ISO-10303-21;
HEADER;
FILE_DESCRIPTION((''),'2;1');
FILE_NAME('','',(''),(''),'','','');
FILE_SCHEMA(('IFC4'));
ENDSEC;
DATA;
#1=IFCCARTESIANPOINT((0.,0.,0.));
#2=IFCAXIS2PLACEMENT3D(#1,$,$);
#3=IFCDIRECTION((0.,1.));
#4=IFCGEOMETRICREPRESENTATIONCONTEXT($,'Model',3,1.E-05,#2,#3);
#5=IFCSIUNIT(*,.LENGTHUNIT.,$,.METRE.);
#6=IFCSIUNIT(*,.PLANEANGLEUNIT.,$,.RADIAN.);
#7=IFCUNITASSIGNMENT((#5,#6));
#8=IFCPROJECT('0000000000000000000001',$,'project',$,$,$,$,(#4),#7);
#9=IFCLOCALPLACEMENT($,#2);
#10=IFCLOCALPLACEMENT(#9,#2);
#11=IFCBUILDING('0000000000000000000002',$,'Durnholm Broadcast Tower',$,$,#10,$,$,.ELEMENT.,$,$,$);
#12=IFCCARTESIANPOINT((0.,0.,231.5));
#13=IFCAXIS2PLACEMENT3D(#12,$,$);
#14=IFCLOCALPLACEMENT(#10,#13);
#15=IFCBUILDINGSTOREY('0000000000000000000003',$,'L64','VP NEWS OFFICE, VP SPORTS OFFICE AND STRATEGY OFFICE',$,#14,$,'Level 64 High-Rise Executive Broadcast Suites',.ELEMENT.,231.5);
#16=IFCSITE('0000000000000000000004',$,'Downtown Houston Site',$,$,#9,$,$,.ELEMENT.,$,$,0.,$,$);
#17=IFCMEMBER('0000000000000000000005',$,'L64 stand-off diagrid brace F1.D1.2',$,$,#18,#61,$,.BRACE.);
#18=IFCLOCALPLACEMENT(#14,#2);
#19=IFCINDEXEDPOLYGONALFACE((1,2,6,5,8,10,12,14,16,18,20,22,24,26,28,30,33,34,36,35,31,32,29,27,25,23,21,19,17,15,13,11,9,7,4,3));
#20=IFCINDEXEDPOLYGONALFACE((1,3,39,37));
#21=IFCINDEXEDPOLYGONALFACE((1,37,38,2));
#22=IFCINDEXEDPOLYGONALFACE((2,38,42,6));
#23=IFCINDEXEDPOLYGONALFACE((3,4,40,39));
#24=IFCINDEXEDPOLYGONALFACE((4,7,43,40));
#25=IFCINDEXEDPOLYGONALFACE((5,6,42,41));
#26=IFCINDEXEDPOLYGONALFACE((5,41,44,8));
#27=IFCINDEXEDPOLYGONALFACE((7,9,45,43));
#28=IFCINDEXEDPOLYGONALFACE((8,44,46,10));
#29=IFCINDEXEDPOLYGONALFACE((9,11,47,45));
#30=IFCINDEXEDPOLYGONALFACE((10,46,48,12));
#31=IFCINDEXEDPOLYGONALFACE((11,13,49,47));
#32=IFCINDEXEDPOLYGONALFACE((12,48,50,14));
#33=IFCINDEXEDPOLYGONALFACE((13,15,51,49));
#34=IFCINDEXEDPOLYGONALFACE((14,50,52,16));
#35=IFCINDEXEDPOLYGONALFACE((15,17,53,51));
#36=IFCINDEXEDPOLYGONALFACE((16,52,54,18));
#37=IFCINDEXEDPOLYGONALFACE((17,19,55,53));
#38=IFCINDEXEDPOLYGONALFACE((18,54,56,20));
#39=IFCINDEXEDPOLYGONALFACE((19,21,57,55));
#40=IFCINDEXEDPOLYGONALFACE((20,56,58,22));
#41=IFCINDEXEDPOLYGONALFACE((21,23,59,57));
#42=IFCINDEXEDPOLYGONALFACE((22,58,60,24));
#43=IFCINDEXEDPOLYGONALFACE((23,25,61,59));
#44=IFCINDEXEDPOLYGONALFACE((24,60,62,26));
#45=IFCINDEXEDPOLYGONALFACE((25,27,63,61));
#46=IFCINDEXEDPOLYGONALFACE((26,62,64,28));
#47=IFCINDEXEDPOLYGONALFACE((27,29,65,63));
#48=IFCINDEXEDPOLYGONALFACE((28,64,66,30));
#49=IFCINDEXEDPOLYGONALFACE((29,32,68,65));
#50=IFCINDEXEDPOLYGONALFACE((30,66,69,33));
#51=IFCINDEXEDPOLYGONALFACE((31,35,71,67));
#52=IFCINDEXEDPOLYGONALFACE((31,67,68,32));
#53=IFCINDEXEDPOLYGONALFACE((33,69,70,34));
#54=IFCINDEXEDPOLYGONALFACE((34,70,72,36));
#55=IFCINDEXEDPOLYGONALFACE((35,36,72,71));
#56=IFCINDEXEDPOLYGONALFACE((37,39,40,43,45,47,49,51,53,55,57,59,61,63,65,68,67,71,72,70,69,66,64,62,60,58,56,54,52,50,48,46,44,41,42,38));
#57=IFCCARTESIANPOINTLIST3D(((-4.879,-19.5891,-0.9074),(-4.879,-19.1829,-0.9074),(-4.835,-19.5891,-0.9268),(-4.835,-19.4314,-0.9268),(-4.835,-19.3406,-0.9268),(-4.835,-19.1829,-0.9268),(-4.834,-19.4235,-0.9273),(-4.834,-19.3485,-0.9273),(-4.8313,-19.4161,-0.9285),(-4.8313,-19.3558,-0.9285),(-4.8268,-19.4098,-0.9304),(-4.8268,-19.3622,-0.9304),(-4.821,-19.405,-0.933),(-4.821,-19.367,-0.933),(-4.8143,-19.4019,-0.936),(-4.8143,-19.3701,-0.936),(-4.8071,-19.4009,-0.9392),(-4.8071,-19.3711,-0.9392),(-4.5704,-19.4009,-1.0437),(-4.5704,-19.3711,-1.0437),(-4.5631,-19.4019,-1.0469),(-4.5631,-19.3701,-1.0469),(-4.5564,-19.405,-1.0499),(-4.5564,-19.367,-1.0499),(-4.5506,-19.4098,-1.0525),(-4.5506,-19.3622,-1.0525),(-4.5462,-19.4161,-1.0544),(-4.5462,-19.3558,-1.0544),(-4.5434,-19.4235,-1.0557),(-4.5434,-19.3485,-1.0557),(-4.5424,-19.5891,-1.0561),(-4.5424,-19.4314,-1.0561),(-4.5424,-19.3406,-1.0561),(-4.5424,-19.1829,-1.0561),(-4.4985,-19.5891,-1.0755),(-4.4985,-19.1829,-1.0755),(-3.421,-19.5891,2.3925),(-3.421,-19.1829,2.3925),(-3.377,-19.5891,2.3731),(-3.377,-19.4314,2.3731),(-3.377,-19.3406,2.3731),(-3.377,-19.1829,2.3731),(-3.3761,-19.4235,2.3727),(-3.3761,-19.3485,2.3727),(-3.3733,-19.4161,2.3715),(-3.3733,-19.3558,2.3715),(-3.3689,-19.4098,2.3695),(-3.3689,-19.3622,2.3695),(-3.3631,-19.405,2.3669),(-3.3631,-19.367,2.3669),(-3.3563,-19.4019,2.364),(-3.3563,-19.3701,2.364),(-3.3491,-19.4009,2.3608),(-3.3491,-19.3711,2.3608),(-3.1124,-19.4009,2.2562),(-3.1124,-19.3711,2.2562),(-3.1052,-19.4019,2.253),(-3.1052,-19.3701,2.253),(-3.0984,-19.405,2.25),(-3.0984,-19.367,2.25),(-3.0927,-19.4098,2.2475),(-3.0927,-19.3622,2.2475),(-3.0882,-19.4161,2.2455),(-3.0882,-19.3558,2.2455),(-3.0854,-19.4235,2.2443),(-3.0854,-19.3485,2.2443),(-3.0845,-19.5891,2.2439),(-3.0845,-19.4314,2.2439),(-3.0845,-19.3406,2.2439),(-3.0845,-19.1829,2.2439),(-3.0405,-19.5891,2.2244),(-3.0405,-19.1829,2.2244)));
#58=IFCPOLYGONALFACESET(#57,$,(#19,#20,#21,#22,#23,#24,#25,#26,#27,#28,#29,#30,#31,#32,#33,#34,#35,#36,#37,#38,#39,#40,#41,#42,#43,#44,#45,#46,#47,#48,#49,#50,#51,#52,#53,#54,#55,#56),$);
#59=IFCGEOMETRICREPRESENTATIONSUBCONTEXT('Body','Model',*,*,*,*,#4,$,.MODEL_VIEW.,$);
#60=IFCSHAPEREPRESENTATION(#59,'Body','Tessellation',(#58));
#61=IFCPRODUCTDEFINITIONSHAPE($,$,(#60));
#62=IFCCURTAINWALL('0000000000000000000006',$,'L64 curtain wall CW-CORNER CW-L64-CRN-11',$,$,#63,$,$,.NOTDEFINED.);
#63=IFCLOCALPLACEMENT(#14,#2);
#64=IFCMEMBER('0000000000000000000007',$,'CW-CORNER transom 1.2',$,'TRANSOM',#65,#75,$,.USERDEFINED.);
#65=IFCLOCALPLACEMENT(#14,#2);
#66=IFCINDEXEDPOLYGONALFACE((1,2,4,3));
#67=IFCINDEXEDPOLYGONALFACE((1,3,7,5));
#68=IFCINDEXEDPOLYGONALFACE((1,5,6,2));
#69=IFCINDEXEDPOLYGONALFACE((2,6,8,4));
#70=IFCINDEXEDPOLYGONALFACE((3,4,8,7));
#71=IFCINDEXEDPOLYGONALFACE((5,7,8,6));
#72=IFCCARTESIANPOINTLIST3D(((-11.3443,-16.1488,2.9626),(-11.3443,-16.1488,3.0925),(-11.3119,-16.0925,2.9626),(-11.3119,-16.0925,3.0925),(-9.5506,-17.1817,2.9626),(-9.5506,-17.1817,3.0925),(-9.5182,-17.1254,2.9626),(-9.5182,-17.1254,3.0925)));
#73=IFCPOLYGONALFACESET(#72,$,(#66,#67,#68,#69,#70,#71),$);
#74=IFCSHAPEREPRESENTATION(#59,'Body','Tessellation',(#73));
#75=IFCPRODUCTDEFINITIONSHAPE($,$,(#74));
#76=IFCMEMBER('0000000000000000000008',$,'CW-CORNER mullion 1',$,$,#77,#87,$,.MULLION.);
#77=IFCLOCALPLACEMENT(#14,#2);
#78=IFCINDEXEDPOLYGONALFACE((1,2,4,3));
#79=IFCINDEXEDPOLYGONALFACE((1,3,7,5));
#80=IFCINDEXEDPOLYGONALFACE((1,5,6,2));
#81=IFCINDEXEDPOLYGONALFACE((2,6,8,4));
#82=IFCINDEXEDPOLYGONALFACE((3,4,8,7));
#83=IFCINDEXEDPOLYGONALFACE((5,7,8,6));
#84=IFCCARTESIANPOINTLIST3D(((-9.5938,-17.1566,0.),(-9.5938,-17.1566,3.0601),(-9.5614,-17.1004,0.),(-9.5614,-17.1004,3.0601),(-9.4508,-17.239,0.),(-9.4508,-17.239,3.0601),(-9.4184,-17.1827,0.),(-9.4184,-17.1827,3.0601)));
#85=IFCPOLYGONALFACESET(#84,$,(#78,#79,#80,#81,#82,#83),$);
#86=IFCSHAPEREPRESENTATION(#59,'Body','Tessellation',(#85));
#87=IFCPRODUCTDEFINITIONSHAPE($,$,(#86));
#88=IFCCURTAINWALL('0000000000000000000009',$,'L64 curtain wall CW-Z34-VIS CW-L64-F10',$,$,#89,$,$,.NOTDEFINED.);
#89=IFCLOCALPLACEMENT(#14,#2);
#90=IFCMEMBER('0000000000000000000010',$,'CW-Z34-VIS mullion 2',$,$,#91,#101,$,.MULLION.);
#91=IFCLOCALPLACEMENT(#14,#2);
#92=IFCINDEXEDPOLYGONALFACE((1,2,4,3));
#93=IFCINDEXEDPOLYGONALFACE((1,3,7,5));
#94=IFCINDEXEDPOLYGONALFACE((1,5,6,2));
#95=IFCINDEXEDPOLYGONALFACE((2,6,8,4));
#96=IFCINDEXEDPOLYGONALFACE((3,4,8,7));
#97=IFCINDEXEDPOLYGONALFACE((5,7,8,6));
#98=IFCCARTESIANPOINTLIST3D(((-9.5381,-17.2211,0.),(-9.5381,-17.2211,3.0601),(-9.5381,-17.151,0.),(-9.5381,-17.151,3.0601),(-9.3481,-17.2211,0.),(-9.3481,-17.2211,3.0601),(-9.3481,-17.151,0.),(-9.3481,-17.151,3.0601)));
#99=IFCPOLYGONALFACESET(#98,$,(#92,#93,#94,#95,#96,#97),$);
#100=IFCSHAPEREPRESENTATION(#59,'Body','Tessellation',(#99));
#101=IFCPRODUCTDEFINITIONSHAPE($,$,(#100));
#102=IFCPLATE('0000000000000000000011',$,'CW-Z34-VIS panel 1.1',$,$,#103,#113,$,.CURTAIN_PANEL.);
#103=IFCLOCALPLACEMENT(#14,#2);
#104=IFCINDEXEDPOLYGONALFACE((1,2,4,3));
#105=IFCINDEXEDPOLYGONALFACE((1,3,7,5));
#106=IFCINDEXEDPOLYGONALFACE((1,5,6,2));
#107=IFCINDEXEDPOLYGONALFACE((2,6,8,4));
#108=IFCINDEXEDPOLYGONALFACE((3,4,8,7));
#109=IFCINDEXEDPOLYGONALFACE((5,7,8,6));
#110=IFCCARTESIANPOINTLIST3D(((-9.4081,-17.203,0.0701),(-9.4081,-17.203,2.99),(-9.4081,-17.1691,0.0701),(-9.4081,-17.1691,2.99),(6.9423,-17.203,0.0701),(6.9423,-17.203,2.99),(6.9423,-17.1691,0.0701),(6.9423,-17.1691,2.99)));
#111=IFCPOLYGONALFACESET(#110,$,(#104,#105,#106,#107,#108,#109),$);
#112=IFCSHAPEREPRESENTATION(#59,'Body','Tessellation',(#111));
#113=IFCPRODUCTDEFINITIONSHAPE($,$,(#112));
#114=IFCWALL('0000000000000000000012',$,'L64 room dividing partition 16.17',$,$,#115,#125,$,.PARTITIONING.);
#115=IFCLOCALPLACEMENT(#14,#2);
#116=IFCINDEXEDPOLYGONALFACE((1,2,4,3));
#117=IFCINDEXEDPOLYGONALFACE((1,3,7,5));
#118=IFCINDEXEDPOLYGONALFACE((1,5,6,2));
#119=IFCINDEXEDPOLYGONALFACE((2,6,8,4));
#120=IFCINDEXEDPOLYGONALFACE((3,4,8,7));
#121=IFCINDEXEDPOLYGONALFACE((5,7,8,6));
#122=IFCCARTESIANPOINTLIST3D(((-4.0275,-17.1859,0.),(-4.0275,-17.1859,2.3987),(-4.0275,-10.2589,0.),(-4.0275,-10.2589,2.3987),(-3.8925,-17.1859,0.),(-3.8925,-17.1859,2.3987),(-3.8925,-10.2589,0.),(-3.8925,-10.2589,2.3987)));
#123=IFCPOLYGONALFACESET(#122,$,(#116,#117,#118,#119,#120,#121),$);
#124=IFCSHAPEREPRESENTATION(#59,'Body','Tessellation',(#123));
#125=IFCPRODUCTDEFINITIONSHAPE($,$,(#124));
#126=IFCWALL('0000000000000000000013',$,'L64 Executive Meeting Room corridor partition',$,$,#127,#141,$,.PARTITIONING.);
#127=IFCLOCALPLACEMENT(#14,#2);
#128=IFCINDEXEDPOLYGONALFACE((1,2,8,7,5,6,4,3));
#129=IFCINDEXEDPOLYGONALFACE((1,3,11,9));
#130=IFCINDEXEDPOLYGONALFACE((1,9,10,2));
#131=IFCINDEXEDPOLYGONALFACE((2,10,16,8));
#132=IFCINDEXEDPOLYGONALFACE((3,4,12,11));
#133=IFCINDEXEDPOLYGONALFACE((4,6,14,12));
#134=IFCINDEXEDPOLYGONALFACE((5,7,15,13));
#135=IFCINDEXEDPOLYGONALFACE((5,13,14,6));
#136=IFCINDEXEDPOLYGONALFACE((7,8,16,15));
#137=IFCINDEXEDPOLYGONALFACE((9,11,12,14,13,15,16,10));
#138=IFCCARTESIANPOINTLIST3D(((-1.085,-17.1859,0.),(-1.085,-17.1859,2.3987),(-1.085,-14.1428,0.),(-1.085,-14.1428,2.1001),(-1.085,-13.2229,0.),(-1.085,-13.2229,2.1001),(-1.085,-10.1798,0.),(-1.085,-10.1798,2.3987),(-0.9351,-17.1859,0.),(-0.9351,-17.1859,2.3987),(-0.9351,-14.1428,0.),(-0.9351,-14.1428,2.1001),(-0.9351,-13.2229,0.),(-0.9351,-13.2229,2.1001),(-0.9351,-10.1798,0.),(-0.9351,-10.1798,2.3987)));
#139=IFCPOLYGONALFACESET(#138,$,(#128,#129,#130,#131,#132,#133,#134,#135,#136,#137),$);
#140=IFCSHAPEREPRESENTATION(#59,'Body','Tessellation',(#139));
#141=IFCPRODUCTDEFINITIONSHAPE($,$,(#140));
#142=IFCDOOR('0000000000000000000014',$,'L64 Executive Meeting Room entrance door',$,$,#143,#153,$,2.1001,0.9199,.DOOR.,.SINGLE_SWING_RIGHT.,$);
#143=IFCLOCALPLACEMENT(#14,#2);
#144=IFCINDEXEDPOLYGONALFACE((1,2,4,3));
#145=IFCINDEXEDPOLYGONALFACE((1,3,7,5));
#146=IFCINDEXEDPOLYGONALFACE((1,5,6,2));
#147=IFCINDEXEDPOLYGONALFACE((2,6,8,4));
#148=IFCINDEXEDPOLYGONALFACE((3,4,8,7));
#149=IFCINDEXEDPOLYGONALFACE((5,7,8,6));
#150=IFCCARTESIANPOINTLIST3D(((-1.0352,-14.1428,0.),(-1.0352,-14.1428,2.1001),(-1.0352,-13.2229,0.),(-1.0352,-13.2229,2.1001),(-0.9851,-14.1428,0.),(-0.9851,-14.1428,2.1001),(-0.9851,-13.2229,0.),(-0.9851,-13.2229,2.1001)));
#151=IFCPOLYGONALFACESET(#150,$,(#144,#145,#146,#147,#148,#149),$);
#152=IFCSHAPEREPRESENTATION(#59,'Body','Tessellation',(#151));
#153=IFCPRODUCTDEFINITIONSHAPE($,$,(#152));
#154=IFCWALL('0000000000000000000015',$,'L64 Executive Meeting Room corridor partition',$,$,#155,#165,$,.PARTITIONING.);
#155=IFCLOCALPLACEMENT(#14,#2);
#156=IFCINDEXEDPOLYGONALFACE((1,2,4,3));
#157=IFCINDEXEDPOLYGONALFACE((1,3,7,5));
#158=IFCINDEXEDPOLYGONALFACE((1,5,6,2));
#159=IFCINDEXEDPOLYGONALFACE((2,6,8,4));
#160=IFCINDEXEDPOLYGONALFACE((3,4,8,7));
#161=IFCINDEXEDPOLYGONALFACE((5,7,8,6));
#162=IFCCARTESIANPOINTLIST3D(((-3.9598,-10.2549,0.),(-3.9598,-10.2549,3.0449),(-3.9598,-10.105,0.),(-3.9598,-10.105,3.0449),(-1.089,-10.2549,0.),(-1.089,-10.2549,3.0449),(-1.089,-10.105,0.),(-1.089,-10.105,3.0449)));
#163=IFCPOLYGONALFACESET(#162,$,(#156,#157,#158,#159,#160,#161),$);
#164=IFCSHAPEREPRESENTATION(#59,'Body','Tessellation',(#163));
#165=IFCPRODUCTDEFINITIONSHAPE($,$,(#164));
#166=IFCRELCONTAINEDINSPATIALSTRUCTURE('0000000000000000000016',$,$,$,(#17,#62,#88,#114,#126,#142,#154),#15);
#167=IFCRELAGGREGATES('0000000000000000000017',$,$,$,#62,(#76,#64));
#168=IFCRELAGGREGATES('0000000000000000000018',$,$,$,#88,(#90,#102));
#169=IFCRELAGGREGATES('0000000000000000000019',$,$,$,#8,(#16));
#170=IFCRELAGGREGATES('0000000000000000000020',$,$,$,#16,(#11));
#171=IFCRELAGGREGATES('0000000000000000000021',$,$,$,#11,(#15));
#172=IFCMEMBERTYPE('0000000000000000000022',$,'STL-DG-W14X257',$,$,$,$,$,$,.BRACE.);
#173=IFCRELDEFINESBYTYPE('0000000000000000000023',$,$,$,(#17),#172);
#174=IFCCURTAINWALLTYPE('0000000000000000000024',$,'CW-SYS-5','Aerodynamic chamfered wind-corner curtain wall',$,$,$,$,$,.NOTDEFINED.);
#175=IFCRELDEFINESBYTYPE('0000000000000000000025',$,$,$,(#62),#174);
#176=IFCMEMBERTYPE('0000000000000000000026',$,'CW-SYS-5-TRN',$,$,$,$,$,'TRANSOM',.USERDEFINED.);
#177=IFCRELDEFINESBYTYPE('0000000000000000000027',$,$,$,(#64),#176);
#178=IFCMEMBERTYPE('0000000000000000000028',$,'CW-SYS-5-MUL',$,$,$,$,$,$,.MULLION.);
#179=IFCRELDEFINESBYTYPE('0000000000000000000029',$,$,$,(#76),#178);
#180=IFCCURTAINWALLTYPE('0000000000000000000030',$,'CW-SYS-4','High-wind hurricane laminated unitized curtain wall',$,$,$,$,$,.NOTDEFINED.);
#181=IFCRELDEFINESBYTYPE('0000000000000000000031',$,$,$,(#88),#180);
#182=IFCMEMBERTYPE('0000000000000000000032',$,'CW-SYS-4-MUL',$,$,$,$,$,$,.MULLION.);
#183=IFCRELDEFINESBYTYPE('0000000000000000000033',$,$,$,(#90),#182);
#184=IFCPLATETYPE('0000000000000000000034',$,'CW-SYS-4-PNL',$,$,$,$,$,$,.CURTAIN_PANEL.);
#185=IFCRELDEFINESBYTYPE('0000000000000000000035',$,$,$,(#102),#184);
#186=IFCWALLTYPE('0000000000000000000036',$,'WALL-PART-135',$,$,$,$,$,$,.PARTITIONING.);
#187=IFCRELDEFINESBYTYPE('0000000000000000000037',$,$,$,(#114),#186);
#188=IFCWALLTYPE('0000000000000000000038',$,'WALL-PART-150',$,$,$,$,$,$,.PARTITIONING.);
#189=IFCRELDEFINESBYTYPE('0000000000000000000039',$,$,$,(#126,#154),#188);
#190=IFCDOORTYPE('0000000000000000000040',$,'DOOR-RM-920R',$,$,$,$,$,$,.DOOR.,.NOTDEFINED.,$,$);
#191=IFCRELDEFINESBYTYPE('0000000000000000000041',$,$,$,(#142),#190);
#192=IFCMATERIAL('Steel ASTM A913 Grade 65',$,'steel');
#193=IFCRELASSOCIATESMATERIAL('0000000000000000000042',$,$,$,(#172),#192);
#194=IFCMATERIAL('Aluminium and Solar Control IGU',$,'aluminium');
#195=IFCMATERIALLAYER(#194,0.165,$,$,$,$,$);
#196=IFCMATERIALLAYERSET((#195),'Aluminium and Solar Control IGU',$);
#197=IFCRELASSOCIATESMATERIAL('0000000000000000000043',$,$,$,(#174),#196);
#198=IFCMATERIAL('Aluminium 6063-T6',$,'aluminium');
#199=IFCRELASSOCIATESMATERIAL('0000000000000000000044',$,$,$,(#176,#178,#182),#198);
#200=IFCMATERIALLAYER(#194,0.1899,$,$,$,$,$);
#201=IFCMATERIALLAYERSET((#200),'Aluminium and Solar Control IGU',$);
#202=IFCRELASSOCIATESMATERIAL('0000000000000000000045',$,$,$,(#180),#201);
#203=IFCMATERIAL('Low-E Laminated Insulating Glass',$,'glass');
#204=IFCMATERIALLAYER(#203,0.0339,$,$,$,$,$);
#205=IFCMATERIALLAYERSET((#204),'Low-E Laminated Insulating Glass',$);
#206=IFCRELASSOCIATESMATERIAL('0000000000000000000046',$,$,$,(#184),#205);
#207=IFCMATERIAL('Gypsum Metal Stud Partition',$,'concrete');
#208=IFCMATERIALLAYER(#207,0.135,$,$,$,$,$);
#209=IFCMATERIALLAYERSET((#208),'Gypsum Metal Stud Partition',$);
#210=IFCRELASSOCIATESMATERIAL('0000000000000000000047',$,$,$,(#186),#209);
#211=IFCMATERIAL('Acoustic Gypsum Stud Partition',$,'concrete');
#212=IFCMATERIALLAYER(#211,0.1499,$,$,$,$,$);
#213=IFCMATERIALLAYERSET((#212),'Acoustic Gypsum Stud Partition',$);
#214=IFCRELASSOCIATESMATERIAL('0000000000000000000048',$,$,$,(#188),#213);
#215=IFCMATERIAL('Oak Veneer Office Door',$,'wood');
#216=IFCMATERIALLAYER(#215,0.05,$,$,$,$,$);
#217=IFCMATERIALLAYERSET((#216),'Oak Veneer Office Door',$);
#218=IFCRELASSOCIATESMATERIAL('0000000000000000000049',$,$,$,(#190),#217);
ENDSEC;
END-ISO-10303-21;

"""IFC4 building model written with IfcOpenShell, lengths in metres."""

from ifc_helpers import new_model, si_unit, direction, frame, frame_2d, origin, origin_2d, place, context, subcontext, project, spatial, rectangle, i_section, extrude, source, transform, mapped, material, layer, layer_set, material_profile, profile_set, type_object, type_shapes, element, fill, aggregate, save


model = new_model("IFC4")

# Units and contexts
model_context = context("Model", 3, precision=1e-05, world=origin(), true_north=direction((0.0, 1.0)))
body_context = subcontext(model_context, "Body", "Model", "MODEL_VIEW")
ifc_project = project(units=[si_unit("LENGTHUNIT", "METRE"), si_unit("PLANEANGLEUNIT", "RADIAN")], contexts=[model_context])

# Site, building, storey
site_placement = place(None, origin())
site = spatial("IfcSite", under=ifc_project, at=site_placement, Name="Downtown Houston Site", CompositionType="ELEMENT", RefElevation=0.0)
building_placement = place(site_placement, origin())
building = spatial("IfcBuilding", under=site, at=building_placement, Name="Durnholm Broadcast Tower", CompositionType="ELEMENT")
storey_placement = place(building_placement, frame((0.0, 0.0, 231.5)))
storey = spatial("IfcBuildingStorey", under=building, at=storey_placement, Name="L64", Description="VP NEWS OFFICE, VP SPORTS OFFICE AND STRATEGY OFFICE", LongName="Level 64 High-Rise Executive Broadcast Suites", CompositionType="ELEMENT", Elevation=231.5)

# Member
ifc_material_1 = material(Name="Steel ASTM A913 Grade 65", Category="steel")
ifc_material_profile_1 = material_profile(ifc_material_1, i_section(OverallWidth=0.4062, OverallDepth=0.416, WebThickness=0.0298, FlangeThickness=0.0481, FilletRadius=0.0305, at=origin_2d()), Name="W14X257")
ifc_profile_set_1 = profile_set([ifc_material_profile_1], Name="Steel ASTM A913 Grade 65")
member_type_1 = type_object("IfcMemberType", Name="STL-DG-W14X257", PredefinedType="BRACE", material=ifc_profile_set_1)
shared_shape_1 = source(origin(), body_context, "Body", "SweptSolid", [
    extrude(i_section(OverallWidth=0.4062, OverallDepth=0.416, WebThickness=0.0298, FlangeThickness=0.0481, FilletRadius=0.0305, at=origin_2d()), origin(), (0.0, 0.0, 1.0), 3.6077),
])
member_1_placement = place(storey_placement, frame((-4.6887, -19.386, -0.9915), z_axis=(0.404128, 0.0, 0.914702), x_axis=(0.0, 1.0, 0.0)))
element("IfcMember", 1, at=member_1_placement, inside=storey, type_object=member_type_1, Name="L64 stand-off diagrid brace F1.D1.2", PredefinedType="BRACE", context=body_context, shape_type="MappedRepresentation", body=[
    mapped(shared_shape_1, transform((0.0, 0.0, 0.0), x_axis=(1.0, 0.0, 0.0), y_axis=(0.0, 1.0, 0.0), z_axis=(0.0, 0.0, 1.0), scale=1.0)),
])

# Curtain wall, members
ifc_material_2 = material(Name="Aluminium and Solar Control IGU", Category="aluminium")
ifc_layer_1 = layer(ifc_material_2, 0.165)
ifc_layer_set_1 = layer_set([ifc_layer_1], Name="Aluminium and Solar Control IGU")
curtain_wall_type_1 = type_object("IfcCurtainWallType", Name="CW-SYS-5", Description="Aerodynamic chamfered wind-corner curtain wall", PredefinedType="NOTDEFINED", material=ifc_layer_set_1)
curtain_wall_1_placement = place(storey_placement, origin())
curtain_wall_1 = element("IfcCurtainWall", 2, at=curtain_wall_1_placement, inside=storey, type_object=curtain_wall_type_1, Name="L64 curtain wall CW-CORNER CW-L64-CRN-11", PredefinedType="NOTDEFINED")
ifc_material_3 = material(Name="Aluminium 6063-T6", Category="aluminium")
ifc_material_profile_2 = material_profile(ifc_material_3, rectangle(XDim=0.0649, YDim=0.1299, at=origin_2d()), Name="CWT65X130")
ifc_profile_set_2 = profile_set([ifc_material_profile_2], Name="Aluminium 6063-T6")
member_type_2 = type_object("IfcMemberType", Name="CW-SYS-5-TRN", ElementType="TRANSOM", PredefinedType="USERDEFINED", material=ifc_profile_set_2)
shared_shape_2 = source(origin(), body_context, "Body", "SweptSolid", [
    extrude(rectangle(XDim=0.0649, YDim=0.1299, at=origin_2d()), origin(), (0.0, 0.0, 1.0), 2.0698),
])
type_shapes(member_type_2, [shared_shape_2])
member_2_placement = place(storey_placement, frame((-9.5344, -17.1536, 3.0276), z_axis=(-0.866576, 0.499045, 0.0), x_axis=(-0.499045, -0.866576, 0.0)))
member_2 = element("IfcMember", 3, at=member_2_placement, type_object=member_type_2, Name="CW-CORNER transom 1.2", ObjectType="TRANSOM", PredefinedType="USERDEFINED", context=body_context, shape_type="MappedRepresentation", body=[
    mapped(shared_shape_2, transform((0.0, 0.0, 0.0), x_axis=(1.0, 0.0, 0.0), y_axis=(0.0, 1.0, 0.0), z_axis=(0.0, 0.0, 1.0), scale=1.0)),
])
ifc_material_profile_3 = material_profile(ifc_material_3, rectangle(XDim=0.0649, YDim=0.165, at=origin_2d()), Name="CWM65X165")
ifc_profile_set_3 = profile_set([ifc_material_profile_3], Name="Aluminium 6063-T6")
member_type_3 = type_object("IfcMemberType", Name="CW-SYS-5-MUL", PredefinedType="MULLION", material=ifc_profile_set_3)
shared_shape_3 = source(origin(), body_context, "Body", "SweptSolid", [
    extrude(rectangle(XDim=0.0649, YDim=0.165, at=origin_2d()), origin(), (0.0, 0.0, 1.0), 3.0601),
])
type_shapes(member_type_3, [shared_shape_3])
member_3_placement = place(storey_placement, frame((-9.5061, -17.1697, 0.0), z_axis=(0.0, 0.0, 1.0), x_axis=(-0.499059, -0.866568, 0.0)))
member_3 = element("IfcMember", 4, at=member_3_placement, type_object=member_type_3, Name="CW-CORNER mullion 1", PredefinedType="MULLION", context=body_context, shape_type="MappedRepresentation", body=[
    mapped(shared_shape_3, transform((0.0, 0.0, 0.0), x_axis=(1.0, 0.0, 0.0), y_axis=(0.0, 1.0, 0.0), z_axis=(0.0, 0.0, 1.0), scale=1.0)),
])
aggregate(curtain_wall_1, [member_3, member_2])

# Curtain wall, member, plate
ifc_layer_2 = layer(ifc_material_2, 0.1899)
ifc_layer_set_2 = layer_set([ifc_layer_2], Name="Aluminium and Solar Control IGU")
curtain_wall_type_2 = type_object("IfcCurtainWallType", Name="CW-SYS-4", Description="High-wind hurricane laminated unitized curtain wall", PredefinedType="NOTDEFINED", material=ifc_layer_set_2)
curtain_wall_2_placement = place(storey_placement, origin())
curtain_wall_2 = element("IfcCurtainWall", 5, at=curtain_wall_2_placement, inside=storey, type_object=curtain_wall_type_2, Name="L64 curtain wall CW-Z34-VIS CW-L64-F10", PredefinedType="NOTDEFINED")
ifc_material_profile_4 = material_profile(ifc_material_3, rectangle(XDim=0.0701, YDim=0.1899, at=origin_2d()), Name="CWM70X190")
ifc_profile_set_4 = profile_set([ifc_material_profile_4], Name="Aluminium 6063-T6")
member_type_4 = type_object("IfcMemberType", Name="CW-SYS-4-MUL", PredefinedType="MULLION", material=ifc_profile_set_4)
shared_shape_4 = source(origin(), body_context, "Body", "SweptSolid", [
    extrude(rectangle(XDim=0.0701, YDim=0.1899, at=origin_2d()), origin(), (0.0, 0.0, 1.0), 3.0601),
])
type_shapes(member_type_4, [shared_shape_4])
member_4_placement = place(storey_placement, frame((-9.4431, -17.186, 0.0), z_axis=(0.0, 0.0, 1.0), x_axis=(0.0, -1.0, 0.0)))
member_4 = element("IfcMember", 6, at=member_4_placement, type_object=member_type_4, Name="CW-Z34-VIS mullion 2", PredefinedType="MULLION", context=body_context, shape_type="MappedRepresentation", body=[
    mapped(shared_shape_4, transform((0.0, 0.0, 0.0), x_axis=(1.0, 0.0, 0.0), y_axis=(0.0, 1.0, 0.0), z_axis=(0.0, 0.0, 1.0), scale=1.0)),
])
ifc_material_4 = material(Name="Low-E Laminated Insulating Glass", Category="glass")
ifc_layer_3 = layer(ifc_material_4, 0.0339)
ifc_layer_set_3 = layer_set([ifc_layer_3], Name="Low-E Laminated Insulating Glass")
plate_type = type_object("IfcPlateType", Name="CW-SYS-4-PNL", PredefinedType="CURTAIN_PANEL", material=ifc_layer_set_3)
shared_shape_5 = source(origin(), body_context, "Body", "SweptSolid", [
    extrude(rectangle(XDim=16.3503, YDim=0.0339, at=origin_2d()), origin(), (0.0, 0.0, 1.0), 2.9199),
])
type_shapes(plate_type, [shared_shape_5])
plate_placement = place(storey_placement, frame((-1.2329, -17.186, 0.0701), z_axis=(0.0, 0.0, 1.0), x_axis=(-1.0, 0.0, 0.0)))
plate = element("IfcPlate", 7, at=plate_placement, type_object=plate_type, Name="CW-Z34-VIS panel 1.1", PredefinedType="CURTAIN_PANEL", context=body_context, shape_type="MappedRepresentation", body=[
    mapped(shared_shape_5, transform((0.0, 0.0, 0.0), x_axis=(1.0, 0.0, 0.0), y_axis=(0.0, 1.0, 0.0), z_axis=(0.0, 0.0, 1.0), scale=1.0)),
])
aggregate(curtain_wall_2, [member_4, plate])

# Wall
ifc_material_5 = material(Name="Gypsum Metal Stud Partition", Category="concrete")
ifc_layer_4 = layer(ifc_material_5, 0.135)
ifc_layer_set_4 = layer_set([ifc_layer_4], Name="Gypsum Metal Stud Partition")
wall_type_1 = type_object("IfcWallType", Name="WALL-PART-135", PredefinedType="PARTITIONING", material=ifc_layer_set_4)
wall_1_placement = place(storey_placement, frame((-3.96, -10.259, 0.0), z_axis=(0.0, 0.0, 1.0), x_axis=(0.0, -1.0, 0.0)))
element("IfcWall", 8, at=wall_1_placement, inside=storey, type_object=wall_type_1, Name="L64 room dividing partition 16.17", PredefinedType="PARTITIONING", context=body_context, shape_type="SweptSolid", body=[
    extrude(rectangle(XDim=6.927, YDim=0.135, at=frame_2d((3.4634, 0.0))), origin(), (0.0, 0.0, 1.0), 2.3987),
])

# Wall, opening, door
ifc_material_6 = material(Name="Acoustic Gypsum Stud Partition", Category="concrete")
ifc_layer_5 = layer(ifc_material_6, 0.1499)
ifc_layer_set_5 = layer_set([ifc_layer_5], Name="Acoustic Gypsum Stud Partition")
wall_type_2 = type_object("IfcWallType", Name="WALL-PART-150", PredefinedType="PARTITIONING", material=ifc_layer_set_5)
wall_2_placement = place(storey_placement, frame((-1.01, -10.1799, 0.0), z_axis=(0.0, 0.0, 1.0), x_axis=(0.0, -1.0, 0.0)))
wall_2 = element("IfcWall", 9, at=wall_2_placement, inside=storey, type_object=wall_type_2, Name="L64 Executive Meeting Room corridor partition", PredefinedType="PARTITIONING", context=body_context, shape_type="SweptSolid", body=[
    extrude(rectangle(XDim=7.0061, YDim=0.1499, at=frame_2d((3.5029, 0.0))), origin(), (0.0, 0.0, 1.0), 2.3987),
])
opening_placement = place(wall_2_placement, frame((3.043, 0.0, 0.0)))
opening = element("IfcOpeningElement", 10, at=opening_placement, cuts=wall_2, PredefinedType="OPENING", context=body_context, shape_type="SweptSolid", body=[
    extrude(rectangle(XDim=0.9199, YDim=2.1001, at=frame_2d((0.46, 1.05))), frame((0.0, 0.085, 0.0), z_axis=(0.0, -1.0, 0.0), x_axis=(1.0, 0.0, 0.0)), (0.0, 0.0, 1.0), 0.1699),
])
ifc_material_7 = material(Name="Oak Veneer Office Door", Category="wood")
ifc_layer_6 = layer(ifc_material_7, 0.05)
ifc_layer_set_6 = layer_set([ifc_layer_6], Name="Oak Veneer Office Door")
door_type = type_object("IfcDoorType", Name="DOOR-RM-920R", OperationType="NOTDEFINED", PredefinedType="DOOR", material=ifc_layer_set_6)
shared_shape_6 = source(origin(), body_context, "Body", "SweptSolid", [
    extrude(rectangle(XDim=0.9199, YDim=2.1001, at=frame_2d((0.46, 1.05))), frame((0.0, 0.0249, 0.0), z_axis=(0.0, -1.0, 0.0), x_axis=(1.0, 0.0, 0.0)), (0.0, 0.0, 1.0), 0.05),
])
type_shapes(door_type, [shared_shape_6])
door_placement = place(opening_placement, origin())
door = element("IfcDoor", 11, at=door_placement, inside=storey, type_object=door_type, Name="L64 Executive Meeting Room entrance door", OperationType="SINGLE_SWING_RIGHT", OverallHeight=2.1001, OverallWidth=0.9199, PredefinedType="DOOR", context=body_context, shape_type="MappedRepresentation", body=[
    mapped(shared_shape_6, transform((0.0, 0.0, 0.0), x_axis=(1.0, 0.0, 0.0), y_axis=(0.0, 1.0, 0.0), z_axis=(0.0, 0.0, 1.0), scale=1.0)),
])
fill(opening, door)

# Wall
wall_3_placement = place(storey_placement, frame((-3.96, -10.1799, 0.0), z_axis=(0.0, 0.0, 1.0), x_axis=(1.0, 0.0, 0.0)))
element("IfcWall", 12, at=wall_3_placement, inside=storey, type_object=wall_type_2, Name="L64 Executive Meeting Room corridor partition", PredefinedType="PARTITIONING", context=body_context, shape_type="SweptSolid", body=[
    extrude(rectangle(XDim=2.8708, YDim=0.1499, at=frame_2d((1.4355, 0.0))), origin(), (0.0, 0.0, 1.0), 3.0449),
])

save(model, "model.ifc")
